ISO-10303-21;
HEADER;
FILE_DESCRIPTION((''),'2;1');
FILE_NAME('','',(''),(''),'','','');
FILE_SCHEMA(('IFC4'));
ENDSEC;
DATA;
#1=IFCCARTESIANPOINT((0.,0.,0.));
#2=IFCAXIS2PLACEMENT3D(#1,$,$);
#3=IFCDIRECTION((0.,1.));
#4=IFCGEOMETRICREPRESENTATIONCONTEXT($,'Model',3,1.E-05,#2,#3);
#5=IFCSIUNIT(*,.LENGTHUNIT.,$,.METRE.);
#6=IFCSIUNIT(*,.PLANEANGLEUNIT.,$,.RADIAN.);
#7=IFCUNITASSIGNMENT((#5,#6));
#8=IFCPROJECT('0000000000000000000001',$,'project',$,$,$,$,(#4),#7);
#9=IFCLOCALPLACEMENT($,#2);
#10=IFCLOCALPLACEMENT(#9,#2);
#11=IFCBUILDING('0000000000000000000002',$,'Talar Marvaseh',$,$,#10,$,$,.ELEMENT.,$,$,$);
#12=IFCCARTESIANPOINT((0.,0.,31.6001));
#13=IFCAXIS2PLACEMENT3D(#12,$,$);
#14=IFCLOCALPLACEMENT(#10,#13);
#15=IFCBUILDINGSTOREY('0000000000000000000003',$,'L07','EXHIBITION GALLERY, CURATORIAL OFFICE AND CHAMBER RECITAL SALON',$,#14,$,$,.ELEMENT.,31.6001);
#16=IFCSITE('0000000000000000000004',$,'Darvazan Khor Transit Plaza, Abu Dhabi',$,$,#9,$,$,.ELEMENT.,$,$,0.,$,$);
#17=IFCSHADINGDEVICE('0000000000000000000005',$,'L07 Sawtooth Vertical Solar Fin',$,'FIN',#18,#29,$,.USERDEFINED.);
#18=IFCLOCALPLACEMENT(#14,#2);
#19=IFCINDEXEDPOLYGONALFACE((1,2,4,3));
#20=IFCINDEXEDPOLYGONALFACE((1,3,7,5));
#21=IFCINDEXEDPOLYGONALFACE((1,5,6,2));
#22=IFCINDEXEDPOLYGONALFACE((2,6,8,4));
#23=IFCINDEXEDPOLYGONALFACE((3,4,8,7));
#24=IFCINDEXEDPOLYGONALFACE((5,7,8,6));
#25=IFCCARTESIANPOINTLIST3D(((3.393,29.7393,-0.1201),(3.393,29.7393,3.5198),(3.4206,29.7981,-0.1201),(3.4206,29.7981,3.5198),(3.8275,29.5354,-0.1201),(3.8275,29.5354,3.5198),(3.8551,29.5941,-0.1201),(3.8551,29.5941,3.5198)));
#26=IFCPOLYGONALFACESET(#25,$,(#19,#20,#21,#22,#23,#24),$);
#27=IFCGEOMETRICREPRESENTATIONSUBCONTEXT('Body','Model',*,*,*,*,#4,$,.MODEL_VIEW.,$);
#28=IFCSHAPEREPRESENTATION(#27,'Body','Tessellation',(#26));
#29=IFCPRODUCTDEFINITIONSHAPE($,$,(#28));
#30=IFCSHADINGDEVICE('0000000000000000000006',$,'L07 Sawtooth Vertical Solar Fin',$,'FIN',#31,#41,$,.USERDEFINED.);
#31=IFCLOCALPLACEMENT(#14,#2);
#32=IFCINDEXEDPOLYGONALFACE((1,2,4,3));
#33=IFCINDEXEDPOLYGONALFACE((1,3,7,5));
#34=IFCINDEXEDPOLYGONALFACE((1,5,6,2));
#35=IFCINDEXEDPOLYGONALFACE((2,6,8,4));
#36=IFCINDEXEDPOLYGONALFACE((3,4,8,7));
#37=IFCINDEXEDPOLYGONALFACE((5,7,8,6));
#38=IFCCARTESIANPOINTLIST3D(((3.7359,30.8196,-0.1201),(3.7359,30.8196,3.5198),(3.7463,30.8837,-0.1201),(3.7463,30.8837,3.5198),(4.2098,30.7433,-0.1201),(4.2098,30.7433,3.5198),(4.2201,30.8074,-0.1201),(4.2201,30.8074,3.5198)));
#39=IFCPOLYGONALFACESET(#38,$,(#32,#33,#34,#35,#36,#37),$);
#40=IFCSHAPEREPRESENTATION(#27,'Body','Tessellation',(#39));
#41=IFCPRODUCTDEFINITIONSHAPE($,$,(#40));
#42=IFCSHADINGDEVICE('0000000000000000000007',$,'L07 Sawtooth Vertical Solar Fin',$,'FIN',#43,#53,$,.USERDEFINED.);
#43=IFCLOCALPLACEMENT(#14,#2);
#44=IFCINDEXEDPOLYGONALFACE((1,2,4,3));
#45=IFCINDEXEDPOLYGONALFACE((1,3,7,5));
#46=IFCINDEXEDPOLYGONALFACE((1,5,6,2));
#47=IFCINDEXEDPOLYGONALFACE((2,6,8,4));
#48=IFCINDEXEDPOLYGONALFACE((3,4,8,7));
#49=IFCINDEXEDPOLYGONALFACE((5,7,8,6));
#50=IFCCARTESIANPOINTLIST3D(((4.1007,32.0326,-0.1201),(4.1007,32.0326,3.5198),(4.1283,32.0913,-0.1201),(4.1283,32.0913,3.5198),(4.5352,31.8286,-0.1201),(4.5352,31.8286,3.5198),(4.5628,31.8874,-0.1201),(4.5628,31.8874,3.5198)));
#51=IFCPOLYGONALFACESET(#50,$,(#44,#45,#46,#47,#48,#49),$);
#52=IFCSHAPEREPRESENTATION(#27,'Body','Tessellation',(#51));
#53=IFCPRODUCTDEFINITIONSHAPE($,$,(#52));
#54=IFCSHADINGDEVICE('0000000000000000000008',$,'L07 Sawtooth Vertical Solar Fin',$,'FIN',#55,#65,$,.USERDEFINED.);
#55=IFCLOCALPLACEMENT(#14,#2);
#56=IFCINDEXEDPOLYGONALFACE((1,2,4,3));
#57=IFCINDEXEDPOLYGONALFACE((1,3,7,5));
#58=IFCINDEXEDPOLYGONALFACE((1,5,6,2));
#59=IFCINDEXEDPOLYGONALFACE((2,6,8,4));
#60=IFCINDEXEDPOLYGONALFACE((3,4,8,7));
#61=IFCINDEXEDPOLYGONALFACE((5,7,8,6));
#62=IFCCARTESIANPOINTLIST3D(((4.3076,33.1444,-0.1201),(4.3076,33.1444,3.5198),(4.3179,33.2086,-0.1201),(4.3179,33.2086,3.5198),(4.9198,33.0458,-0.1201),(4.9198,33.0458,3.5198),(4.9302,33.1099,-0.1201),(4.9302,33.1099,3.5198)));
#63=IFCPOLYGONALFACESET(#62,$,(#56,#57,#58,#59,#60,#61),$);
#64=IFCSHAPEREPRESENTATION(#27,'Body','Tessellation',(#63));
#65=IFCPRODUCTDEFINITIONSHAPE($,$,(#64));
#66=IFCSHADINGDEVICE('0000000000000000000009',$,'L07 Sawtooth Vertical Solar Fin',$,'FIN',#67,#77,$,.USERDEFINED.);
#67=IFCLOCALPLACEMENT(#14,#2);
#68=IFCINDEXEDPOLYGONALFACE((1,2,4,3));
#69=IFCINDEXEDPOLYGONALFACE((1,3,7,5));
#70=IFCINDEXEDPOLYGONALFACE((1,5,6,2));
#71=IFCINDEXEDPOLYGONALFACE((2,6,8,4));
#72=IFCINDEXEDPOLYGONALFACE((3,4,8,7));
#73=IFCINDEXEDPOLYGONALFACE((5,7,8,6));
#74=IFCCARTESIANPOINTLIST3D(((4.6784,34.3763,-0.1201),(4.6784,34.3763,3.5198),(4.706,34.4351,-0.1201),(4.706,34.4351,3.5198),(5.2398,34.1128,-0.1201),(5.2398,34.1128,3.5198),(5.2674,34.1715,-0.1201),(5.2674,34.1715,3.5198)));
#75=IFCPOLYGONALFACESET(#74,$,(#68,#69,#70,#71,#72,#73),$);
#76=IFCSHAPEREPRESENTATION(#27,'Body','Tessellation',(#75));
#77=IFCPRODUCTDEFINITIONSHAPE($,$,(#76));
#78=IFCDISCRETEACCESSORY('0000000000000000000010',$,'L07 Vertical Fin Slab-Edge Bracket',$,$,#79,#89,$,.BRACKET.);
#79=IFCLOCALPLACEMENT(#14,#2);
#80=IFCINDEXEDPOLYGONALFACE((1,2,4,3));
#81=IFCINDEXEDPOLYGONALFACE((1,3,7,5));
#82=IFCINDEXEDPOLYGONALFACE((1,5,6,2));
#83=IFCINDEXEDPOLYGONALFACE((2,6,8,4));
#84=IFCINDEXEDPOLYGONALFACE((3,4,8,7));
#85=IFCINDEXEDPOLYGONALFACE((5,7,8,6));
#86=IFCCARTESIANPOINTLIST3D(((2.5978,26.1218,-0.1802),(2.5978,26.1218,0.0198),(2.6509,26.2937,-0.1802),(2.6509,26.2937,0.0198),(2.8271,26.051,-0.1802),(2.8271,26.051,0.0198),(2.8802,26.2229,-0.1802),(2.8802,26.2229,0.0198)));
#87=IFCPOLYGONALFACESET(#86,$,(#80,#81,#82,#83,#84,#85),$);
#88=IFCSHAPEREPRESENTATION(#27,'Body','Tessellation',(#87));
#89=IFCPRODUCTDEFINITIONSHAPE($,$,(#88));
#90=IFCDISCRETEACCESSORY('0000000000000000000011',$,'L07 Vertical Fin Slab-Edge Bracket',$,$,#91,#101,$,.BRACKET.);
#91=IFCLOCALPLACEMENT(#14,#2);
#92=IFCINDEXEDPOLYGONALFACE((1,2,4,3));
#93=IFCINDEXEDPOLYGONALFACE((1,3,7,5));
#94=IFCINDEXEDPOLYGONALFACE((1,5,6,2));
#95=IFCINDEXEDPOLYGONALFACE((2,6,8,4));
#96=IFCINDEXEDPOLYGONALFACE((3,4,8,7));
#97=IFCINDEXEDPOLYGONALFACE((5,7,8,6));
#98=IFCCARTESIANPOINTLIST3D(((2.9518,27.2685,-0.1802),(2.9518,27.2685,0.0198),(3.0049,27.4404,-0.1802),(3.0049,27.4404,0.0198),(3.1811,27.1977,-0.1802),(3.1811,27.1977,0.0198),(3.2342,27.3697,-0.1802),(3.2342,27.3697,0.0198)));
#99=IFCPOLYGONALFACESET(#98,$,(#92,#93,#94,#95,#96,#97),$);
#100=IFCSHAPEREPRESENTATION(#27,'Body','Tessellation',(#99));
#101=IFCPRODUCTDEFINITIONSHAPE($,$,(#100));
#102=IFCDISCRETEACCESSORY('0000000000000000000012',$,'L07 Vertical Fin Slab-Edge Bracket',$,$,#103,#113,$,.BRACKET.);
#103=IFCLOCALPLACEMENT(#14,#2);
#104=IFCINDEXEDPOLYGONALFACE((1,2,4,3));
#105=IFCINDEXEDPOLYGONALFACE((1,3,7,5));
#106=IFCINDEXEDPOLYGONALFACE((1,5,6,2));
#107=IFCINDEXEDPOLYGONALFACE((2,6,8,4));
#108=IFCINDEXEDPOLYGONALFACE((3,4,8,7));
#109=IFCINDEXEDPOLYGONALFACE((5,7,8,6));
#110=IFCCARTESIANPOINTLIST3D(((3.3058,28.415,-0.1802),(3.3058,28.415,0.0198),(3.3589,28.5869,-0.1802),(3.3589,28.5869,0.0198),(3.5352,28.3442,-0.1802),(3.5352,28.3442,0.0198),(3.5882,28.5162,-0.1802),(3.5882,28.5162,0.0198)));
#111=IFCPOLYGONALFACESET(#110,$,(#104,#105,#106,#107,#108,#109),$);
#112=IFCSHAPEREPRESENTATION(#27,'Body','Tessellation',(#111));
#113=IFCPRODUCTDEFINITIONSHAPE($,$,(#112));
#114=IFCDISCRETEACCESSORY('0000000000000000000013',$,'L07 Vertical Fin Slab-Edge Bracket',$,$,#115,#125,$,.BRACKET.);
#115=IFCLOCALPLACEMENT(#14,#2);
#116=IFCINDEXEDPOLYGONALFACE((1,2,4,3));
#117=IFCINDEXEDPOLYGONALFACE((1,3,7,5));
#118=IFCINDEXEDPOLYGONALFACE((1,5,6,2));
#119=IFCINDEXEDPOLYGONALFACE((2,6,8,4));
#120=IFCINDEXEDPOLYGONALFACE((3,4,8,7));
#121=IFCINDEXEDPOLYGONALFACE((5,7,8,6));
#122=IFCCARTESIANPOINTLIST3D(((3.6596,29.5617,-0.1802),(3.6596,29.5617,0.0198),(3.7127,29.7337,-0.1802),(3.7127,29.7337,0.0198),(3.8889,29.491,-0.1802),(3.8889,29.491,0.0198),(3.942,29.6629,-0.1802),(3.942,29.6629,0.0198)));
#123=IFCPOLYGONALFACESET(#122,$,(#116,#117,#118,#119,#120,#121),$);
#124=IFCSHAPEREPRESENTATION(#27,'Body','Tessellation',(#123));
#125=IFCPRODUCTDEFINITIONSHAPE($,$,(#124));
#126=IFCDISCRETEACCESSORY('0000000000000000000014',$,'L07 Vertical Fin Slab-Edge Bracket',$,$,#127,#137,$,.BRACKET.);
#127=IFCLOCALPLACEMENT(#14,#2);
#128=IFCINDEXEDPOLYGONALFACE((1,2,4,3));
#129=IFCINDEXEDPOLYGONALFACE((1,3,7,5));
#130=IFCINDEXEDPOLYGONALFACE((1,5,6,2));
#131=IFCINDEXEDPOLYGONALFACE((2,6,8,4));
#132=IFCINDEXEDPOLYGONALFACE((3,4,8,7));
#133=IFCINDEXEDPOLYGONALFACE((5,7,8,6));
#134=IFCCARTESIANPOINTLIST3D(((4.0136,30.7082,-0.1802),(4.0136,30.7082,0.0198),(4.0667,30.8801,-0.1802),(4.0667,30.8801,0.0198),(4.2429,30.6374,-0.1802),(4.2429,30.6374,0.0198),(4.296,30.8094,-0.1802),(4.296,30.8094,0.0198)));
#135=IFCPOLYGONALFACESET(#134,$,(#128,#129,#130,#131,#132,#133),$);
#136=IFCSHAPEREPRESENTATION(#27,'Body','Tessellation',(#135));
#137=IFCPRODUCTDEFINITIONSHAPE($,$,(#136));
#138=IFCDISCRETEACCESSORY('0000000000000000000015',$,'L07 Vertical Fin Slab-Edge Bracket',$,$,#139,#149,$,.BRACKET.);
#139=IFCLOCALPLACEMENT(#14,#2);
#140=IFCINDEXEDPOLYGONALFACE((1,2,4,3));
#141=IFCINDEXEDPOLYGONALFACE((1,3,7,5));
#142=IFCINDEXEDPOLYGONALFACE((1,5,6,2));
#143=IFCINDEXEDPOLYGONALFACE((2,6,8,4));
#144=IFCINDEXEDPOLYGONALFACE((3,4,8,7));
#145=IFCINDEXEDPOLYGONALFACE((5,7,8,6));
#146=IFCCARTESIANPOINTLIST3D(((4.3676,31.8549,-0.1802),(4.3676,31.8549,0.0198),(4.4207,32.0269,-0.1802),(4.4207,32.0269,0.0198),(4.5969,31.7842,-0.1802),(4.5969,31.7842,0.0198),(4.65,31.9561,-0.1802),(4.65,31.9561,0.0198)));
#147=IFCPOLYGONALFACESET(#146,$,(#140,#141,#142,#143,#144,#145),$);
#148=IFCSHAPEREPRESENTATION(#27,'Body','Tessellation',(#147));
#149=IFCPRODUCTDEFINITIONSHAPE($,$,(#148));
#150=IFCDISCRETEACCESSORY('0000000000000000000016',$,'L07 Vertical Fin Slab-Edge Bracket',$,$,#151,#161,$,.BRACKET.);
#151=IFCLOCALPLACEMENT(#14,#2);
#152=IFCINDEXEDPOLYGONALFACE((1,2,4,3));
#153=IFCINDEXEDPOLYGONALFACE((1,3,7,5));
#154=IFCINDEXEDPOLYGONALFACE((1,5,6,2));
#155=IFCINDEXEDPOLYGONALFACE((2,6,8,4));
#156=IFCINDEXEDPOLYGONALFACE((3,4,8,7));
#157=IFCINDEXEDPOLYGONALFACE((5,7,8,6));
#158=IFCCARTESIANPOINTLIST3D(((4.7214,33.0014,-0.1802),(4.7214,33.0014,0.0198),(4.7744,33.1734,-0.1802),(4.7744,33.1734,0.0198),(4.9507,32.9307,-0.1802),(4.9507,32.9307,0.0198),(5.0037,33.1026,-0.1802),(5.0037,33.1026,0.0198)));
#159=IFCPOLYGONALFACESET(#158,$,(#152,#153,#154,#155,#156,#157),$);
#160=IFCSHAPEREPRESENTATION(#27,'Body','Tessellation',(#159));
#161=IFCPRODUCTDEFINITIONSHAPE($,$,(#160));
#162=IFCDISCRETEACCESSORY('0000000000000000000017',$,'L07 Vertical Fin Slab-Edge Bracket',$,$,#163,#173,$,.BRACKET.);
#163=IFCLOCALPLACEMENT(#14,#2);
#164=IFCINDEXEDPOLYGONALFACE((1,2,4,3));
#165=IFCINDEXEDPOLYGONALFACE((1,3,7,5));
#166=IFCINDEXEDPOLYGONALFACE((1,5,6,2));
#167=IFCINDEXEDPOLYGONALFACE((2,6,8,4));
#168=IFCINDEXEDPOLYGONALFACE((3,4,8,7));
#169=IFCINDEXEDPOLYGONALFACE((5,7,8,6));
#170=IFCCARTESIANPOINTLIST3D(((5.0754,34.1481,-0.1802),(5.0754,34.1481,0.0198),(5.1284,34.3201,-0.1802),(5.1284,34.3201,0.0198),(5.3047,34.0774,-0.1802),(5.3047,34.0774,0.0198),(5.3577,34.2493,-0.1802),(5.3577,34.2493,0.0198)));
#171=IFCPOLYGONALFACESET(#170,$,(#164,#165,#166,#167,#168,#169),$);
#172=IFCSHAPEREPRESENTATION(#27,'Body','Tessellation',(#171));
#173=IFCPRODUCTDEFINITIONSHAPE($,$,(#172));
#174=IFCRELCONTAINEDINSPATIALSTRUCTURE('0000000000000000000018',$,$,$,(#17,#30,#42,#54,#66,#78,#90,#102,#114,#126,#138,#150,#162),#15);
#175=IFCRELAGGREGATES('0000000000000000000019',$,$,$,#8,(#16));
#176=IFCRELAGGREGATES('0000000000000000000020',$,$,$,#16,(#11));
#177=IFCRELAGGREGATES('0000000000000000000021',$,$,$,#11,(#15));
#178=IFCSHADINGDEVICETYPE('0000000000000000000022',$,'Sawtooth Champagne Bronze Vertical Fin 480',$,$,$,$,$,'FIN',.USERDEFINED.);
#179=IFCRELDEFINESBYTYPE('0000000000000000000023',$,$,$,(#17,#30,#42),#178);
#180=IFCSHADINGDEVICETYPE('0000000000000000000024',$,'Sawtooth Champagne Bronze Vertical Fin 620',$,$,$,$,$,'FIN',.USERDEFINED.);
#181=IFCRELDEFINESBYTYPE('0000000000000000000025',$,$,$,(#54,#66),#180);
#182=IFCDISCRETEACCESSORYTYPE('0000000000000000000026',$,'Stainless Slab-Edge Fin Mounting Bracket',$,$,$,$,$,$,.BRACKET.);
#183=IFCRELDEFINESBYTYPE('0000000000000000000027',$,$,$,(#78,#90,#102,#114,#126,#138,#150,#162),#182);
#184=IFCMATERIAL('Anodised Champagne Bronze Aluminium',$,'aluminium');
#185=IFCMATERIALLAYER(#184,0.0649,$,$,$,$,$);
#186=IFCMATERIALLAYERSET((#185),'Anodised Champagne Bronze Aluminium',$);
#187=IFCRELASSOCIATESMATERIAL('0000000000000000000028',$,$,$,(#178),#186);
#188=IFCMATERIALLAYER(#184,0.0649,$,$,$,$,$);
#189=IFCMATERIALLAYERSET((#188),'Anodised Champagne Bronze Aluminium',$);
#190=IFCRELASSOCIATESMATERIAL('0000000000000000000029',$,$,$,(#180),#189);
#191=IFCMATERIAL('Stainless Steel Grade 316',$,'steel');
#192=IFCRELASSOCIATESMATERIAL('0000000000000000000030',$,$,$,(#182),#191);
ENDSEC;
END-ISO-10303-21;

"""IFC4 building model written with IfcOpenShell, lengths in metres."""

from ifc_helpers import new_model, si_unit, direction, frame, origin, origin_2d, place, context, subcontext, project, spatial, rectangle, extrude, source, transform, mapped, material, layer, layer_set, type_object, type_shapes, element, save


model = new_model("IFC4")

# Units and contexts
model_context = context("Model", 3, precision=1e-05, world=origin(), true_north=direction((0.0, 1.0)))
body_context = subcontext(model_context, "Body", "Model", "MODEL_VIEW")
ifc_project = project(units=[si_unit("LENGTHUNIT", "METRE"), si_unit("PLANEANGLEUNIT", "RADIAN")], contexts=[model_context])

# Site, building, storey
site_placement = place(None, origin())
site = spatial("IfcSite", under=ifc_project, at=site_placement, Name="Darvazan Khor Transit Plaza, Abu Dhabi", CompositionType="ELEMENT", RefElevation=0.0)
building_placement = place(site_placement, origin())
building = spatial("IfcBuilding", under=site, at=building_placement, Name="Talar Marvaseh", CompositionType="ELEMENT")
storey_placement = place(building_placement, frame((0.0, 0.0, 31.6001)))
storey = spatial("IfcBuildingStorey", under=building, at=storey_placement, Name="L07", Description="EXHIBITION GALLERY, CURATORIAL OFFICE AND CHAMBER RECITAL SALON", CompositionType="ELEMENT", Elevation=31.6001)

# Shading devices
ifc_material_1 = material(Name="Anodised Champagne Bronze Aluminium", Category="aluminium")
ifc_layer_1 = layer(ifc_material_1, 0.0649)
ifc_layer_set_1 = layer_set([ifc_layer_1], Name="Anodised Champagne Bronze Aluminium")
shading_device_type_1 = type_object("IfcShadingDeviceType", Name="Sawtooth Champagne Bronze Vertical Fin 480", ElementType="FIN", PredefinedType="USERDEFINED", material=ifc_layer_set_1)
shared_shape_1 = source(origin(), body_context, "Body", "SweptSolid", [
    extrude(rectangle(XDim=0.48, YDim=0.0649, at=origin_2d()), origin(), (0.0, 0.0, 1.0), 3.6399),
])
type_shapes(shading_device_type_1, [shared_shape_1])
for number, where, z_axis, x_axis, name in (
    (1, (3.624, 29.6667, -0.1201), (0.0, 0.0, 1.0), (-0.905198, 0.42499, 0.0), "L07 Sawtooth Vertical Solar Fin"),
    (2, (3.978, 30.8135, -0.1201), (0.0, 0.0, 1.0), (-0.987275, 0.15902, 0.0), "L07 Sawtooth Vertical Solar Fin"),
    (3, (4.3318, 31.96, -0.1201), (0.0, 0.0, 1.0), (-0.905198, 0.42499, 0.0), "L07 Sawtooth Vertical Solar Fin"),
):
    element("IfcShadingDevice", number, at=place(storey_placement, frame(where, z_axis=z_axis, x_axis=x_axis)), inside=storey, type_object=shading_device_type_1, Name=name, ObjectType="FIN", PredefinedType="USERDEFINED", context=body_context, shape_type="MappedRepresentation", body=[
        mapped(shared_shape_1, transform((0.0, 0.0, 0.0), x_axis=(1.0, 0.0, 0.0), y_axis=(0.0, 1.0, 0.0), z_axis=(0.0, 0.0, 1.0), scale=1.0)),
    ])
ifc_layer_2 = layer(ifc_material_1, 0.0649)
ifc_layer_set_2 = layer_set([ifc_layer_2], Name="Anodised Champagne Bronze Aluminium")
shading_device_type_2 = type_object("IfcShadingDeviceType", Name="Sawtooth Champagne Bronze Vertical Fin 620", ElementType="FIN", PredefinedType="USERDEFINED", material=ifc_layer_set_2)
shared_shape_2 = source(origin(), body_context, "Body", "SweptSolid", [
    extrude(rectangle(XDim=0.6201, YDim=0.0649, at=origin_2d()), origin(), (0.0, 0.0, 1.0), 3.6399),
])
type_shapes(shading_device_type_2, [shared_shape_2])
for number, where, z_axis, x_axis, name in (
    (4, (4.6189, 33.1272, -0.1201), (0.0, 0.0, 1.0), (-0.987275, 0.15902, 0.0), "L07 Sawtooth Vertical Solar Fin"),
    (5, (4.9729, 34.2739, -0.1201), (0.0, 0.0, 1.0), (-0.905198, 0.42499, 0.0), "L07 Sawtooth Vertical Solar Fin"),
):
    element("IfcShadingDevice", number, at=place(storey_placement, frame(where, z_axis=z_axis, x_axis=x_axis)), inside=storey, type_object=shading_device_type_2, Name=name, ObjectType="FIN", PredefinedType="USERDEFINED", context=body_context, shape_type="MappedRepresentation", body=[
        mapped(shared_shape_2, transform((0.0, 0.0, 0.0), x_axis=(1.0, 0.0, 0.0), y_axis=(0.0, 1.0, 0.0), z_axis=(0.0, 0.0, 1.0), scale=1.0)),
    ])

# Discrete accessories
ifc_material_2 = material(Name="Stainless Steel Grade 316", Category="steel")
discrete_accessory_type = type_object("IfcDiscreteAccessoryType", Name="Stainless Slab-Edge Fin Mounting Bracket", PredefinedType="BRACKET", material=ifc_material_2)
shared_shape_3 = source(origin(), body_context, "Body", "SweptSolid", [
    extrude(rectangle(XDim=0.24, YDim=0.1799, at=origin_2d()), origin(), (0.0, 0.0, 1.0), 0.2),
])
type_shapes(discrete_accessory_type, [shared_shape_3])
for number, where, z_axis, x_axis, name in (
    (6, (2.739, 26.1724, -0.1802), (0.0, 0.0, 1.0), (-0.955536, 0.294874, 0.0), "L07 Vertical Fin Slab-Edge Bracket"),
    (7, (3.093, 27.3191, -0.1802), (0.0, 0.0, 1.0), (-0.955536, 0.294874, 0.0), "L07 Vertical Fin Slab-Edge Bracket"),
    (8, (3.447, 28.4656, -0.1802), (0.0, 0.0, 1.0), (-0.955536, 0.294874, 0.0), "L07 Vertical Fin Slab-Edge Bracket"),
    (9, (3.8008, 29.6123, -0.1802), (0.0, 0.0, 1.0), (-0.955536, 0.294874, 0.0), "L07 Vertical Fin Slab-Edge Bracket"),
    (10, (4.1548, 30.7588, -0.1802), (0.0, 0.0, 1.0), (-0.955536, 0.294874, 0.0), "L07 Vertical Fin Slab-Edge Bracket"),
    (11, (4.5088, 31.9055, -0.1802), (0.0, 0.0, 1.0), (-0.955536, 0.294874, 0.0), "L07 Vertical Fin Slab-Edge Bracket"),
    (12, (4.8625, 33.052, -0.1802), (0.0, 0.0, 1.0), (-0.955536, 0.294874, 0.0), "L07 Vertical Fin Slab-Edge Bracket"),
    (13, (5.2166, 34.1987, -0.1802), (0.0, 0.0, 1.0), (-0.955536, 0.294874, 0.0), "L07 Vertical Fin Slab-Edge Bracket"),
):
    element("IfcDiscreteAccessory", number, at=place(storey_placement, frame(where, z_axis=z_axis, x_axis=x_axis)), inside=storey, type_object=discrete_accessory_type, Name=name, PredefinedType="BRACKET", context=body_context, shape_type="MappedRepresentation", body=[
        mapped(shared_shape_3, transform((0.0, 0.0, 0.0), x_axis=(1.0, 0.0, 0.0), y_axis=(0.0, 1.0, 0.0), z_axis=(0.0, 0.0, 1.0), scale=1.0)),
    ])

save(model, "model.ifc")
